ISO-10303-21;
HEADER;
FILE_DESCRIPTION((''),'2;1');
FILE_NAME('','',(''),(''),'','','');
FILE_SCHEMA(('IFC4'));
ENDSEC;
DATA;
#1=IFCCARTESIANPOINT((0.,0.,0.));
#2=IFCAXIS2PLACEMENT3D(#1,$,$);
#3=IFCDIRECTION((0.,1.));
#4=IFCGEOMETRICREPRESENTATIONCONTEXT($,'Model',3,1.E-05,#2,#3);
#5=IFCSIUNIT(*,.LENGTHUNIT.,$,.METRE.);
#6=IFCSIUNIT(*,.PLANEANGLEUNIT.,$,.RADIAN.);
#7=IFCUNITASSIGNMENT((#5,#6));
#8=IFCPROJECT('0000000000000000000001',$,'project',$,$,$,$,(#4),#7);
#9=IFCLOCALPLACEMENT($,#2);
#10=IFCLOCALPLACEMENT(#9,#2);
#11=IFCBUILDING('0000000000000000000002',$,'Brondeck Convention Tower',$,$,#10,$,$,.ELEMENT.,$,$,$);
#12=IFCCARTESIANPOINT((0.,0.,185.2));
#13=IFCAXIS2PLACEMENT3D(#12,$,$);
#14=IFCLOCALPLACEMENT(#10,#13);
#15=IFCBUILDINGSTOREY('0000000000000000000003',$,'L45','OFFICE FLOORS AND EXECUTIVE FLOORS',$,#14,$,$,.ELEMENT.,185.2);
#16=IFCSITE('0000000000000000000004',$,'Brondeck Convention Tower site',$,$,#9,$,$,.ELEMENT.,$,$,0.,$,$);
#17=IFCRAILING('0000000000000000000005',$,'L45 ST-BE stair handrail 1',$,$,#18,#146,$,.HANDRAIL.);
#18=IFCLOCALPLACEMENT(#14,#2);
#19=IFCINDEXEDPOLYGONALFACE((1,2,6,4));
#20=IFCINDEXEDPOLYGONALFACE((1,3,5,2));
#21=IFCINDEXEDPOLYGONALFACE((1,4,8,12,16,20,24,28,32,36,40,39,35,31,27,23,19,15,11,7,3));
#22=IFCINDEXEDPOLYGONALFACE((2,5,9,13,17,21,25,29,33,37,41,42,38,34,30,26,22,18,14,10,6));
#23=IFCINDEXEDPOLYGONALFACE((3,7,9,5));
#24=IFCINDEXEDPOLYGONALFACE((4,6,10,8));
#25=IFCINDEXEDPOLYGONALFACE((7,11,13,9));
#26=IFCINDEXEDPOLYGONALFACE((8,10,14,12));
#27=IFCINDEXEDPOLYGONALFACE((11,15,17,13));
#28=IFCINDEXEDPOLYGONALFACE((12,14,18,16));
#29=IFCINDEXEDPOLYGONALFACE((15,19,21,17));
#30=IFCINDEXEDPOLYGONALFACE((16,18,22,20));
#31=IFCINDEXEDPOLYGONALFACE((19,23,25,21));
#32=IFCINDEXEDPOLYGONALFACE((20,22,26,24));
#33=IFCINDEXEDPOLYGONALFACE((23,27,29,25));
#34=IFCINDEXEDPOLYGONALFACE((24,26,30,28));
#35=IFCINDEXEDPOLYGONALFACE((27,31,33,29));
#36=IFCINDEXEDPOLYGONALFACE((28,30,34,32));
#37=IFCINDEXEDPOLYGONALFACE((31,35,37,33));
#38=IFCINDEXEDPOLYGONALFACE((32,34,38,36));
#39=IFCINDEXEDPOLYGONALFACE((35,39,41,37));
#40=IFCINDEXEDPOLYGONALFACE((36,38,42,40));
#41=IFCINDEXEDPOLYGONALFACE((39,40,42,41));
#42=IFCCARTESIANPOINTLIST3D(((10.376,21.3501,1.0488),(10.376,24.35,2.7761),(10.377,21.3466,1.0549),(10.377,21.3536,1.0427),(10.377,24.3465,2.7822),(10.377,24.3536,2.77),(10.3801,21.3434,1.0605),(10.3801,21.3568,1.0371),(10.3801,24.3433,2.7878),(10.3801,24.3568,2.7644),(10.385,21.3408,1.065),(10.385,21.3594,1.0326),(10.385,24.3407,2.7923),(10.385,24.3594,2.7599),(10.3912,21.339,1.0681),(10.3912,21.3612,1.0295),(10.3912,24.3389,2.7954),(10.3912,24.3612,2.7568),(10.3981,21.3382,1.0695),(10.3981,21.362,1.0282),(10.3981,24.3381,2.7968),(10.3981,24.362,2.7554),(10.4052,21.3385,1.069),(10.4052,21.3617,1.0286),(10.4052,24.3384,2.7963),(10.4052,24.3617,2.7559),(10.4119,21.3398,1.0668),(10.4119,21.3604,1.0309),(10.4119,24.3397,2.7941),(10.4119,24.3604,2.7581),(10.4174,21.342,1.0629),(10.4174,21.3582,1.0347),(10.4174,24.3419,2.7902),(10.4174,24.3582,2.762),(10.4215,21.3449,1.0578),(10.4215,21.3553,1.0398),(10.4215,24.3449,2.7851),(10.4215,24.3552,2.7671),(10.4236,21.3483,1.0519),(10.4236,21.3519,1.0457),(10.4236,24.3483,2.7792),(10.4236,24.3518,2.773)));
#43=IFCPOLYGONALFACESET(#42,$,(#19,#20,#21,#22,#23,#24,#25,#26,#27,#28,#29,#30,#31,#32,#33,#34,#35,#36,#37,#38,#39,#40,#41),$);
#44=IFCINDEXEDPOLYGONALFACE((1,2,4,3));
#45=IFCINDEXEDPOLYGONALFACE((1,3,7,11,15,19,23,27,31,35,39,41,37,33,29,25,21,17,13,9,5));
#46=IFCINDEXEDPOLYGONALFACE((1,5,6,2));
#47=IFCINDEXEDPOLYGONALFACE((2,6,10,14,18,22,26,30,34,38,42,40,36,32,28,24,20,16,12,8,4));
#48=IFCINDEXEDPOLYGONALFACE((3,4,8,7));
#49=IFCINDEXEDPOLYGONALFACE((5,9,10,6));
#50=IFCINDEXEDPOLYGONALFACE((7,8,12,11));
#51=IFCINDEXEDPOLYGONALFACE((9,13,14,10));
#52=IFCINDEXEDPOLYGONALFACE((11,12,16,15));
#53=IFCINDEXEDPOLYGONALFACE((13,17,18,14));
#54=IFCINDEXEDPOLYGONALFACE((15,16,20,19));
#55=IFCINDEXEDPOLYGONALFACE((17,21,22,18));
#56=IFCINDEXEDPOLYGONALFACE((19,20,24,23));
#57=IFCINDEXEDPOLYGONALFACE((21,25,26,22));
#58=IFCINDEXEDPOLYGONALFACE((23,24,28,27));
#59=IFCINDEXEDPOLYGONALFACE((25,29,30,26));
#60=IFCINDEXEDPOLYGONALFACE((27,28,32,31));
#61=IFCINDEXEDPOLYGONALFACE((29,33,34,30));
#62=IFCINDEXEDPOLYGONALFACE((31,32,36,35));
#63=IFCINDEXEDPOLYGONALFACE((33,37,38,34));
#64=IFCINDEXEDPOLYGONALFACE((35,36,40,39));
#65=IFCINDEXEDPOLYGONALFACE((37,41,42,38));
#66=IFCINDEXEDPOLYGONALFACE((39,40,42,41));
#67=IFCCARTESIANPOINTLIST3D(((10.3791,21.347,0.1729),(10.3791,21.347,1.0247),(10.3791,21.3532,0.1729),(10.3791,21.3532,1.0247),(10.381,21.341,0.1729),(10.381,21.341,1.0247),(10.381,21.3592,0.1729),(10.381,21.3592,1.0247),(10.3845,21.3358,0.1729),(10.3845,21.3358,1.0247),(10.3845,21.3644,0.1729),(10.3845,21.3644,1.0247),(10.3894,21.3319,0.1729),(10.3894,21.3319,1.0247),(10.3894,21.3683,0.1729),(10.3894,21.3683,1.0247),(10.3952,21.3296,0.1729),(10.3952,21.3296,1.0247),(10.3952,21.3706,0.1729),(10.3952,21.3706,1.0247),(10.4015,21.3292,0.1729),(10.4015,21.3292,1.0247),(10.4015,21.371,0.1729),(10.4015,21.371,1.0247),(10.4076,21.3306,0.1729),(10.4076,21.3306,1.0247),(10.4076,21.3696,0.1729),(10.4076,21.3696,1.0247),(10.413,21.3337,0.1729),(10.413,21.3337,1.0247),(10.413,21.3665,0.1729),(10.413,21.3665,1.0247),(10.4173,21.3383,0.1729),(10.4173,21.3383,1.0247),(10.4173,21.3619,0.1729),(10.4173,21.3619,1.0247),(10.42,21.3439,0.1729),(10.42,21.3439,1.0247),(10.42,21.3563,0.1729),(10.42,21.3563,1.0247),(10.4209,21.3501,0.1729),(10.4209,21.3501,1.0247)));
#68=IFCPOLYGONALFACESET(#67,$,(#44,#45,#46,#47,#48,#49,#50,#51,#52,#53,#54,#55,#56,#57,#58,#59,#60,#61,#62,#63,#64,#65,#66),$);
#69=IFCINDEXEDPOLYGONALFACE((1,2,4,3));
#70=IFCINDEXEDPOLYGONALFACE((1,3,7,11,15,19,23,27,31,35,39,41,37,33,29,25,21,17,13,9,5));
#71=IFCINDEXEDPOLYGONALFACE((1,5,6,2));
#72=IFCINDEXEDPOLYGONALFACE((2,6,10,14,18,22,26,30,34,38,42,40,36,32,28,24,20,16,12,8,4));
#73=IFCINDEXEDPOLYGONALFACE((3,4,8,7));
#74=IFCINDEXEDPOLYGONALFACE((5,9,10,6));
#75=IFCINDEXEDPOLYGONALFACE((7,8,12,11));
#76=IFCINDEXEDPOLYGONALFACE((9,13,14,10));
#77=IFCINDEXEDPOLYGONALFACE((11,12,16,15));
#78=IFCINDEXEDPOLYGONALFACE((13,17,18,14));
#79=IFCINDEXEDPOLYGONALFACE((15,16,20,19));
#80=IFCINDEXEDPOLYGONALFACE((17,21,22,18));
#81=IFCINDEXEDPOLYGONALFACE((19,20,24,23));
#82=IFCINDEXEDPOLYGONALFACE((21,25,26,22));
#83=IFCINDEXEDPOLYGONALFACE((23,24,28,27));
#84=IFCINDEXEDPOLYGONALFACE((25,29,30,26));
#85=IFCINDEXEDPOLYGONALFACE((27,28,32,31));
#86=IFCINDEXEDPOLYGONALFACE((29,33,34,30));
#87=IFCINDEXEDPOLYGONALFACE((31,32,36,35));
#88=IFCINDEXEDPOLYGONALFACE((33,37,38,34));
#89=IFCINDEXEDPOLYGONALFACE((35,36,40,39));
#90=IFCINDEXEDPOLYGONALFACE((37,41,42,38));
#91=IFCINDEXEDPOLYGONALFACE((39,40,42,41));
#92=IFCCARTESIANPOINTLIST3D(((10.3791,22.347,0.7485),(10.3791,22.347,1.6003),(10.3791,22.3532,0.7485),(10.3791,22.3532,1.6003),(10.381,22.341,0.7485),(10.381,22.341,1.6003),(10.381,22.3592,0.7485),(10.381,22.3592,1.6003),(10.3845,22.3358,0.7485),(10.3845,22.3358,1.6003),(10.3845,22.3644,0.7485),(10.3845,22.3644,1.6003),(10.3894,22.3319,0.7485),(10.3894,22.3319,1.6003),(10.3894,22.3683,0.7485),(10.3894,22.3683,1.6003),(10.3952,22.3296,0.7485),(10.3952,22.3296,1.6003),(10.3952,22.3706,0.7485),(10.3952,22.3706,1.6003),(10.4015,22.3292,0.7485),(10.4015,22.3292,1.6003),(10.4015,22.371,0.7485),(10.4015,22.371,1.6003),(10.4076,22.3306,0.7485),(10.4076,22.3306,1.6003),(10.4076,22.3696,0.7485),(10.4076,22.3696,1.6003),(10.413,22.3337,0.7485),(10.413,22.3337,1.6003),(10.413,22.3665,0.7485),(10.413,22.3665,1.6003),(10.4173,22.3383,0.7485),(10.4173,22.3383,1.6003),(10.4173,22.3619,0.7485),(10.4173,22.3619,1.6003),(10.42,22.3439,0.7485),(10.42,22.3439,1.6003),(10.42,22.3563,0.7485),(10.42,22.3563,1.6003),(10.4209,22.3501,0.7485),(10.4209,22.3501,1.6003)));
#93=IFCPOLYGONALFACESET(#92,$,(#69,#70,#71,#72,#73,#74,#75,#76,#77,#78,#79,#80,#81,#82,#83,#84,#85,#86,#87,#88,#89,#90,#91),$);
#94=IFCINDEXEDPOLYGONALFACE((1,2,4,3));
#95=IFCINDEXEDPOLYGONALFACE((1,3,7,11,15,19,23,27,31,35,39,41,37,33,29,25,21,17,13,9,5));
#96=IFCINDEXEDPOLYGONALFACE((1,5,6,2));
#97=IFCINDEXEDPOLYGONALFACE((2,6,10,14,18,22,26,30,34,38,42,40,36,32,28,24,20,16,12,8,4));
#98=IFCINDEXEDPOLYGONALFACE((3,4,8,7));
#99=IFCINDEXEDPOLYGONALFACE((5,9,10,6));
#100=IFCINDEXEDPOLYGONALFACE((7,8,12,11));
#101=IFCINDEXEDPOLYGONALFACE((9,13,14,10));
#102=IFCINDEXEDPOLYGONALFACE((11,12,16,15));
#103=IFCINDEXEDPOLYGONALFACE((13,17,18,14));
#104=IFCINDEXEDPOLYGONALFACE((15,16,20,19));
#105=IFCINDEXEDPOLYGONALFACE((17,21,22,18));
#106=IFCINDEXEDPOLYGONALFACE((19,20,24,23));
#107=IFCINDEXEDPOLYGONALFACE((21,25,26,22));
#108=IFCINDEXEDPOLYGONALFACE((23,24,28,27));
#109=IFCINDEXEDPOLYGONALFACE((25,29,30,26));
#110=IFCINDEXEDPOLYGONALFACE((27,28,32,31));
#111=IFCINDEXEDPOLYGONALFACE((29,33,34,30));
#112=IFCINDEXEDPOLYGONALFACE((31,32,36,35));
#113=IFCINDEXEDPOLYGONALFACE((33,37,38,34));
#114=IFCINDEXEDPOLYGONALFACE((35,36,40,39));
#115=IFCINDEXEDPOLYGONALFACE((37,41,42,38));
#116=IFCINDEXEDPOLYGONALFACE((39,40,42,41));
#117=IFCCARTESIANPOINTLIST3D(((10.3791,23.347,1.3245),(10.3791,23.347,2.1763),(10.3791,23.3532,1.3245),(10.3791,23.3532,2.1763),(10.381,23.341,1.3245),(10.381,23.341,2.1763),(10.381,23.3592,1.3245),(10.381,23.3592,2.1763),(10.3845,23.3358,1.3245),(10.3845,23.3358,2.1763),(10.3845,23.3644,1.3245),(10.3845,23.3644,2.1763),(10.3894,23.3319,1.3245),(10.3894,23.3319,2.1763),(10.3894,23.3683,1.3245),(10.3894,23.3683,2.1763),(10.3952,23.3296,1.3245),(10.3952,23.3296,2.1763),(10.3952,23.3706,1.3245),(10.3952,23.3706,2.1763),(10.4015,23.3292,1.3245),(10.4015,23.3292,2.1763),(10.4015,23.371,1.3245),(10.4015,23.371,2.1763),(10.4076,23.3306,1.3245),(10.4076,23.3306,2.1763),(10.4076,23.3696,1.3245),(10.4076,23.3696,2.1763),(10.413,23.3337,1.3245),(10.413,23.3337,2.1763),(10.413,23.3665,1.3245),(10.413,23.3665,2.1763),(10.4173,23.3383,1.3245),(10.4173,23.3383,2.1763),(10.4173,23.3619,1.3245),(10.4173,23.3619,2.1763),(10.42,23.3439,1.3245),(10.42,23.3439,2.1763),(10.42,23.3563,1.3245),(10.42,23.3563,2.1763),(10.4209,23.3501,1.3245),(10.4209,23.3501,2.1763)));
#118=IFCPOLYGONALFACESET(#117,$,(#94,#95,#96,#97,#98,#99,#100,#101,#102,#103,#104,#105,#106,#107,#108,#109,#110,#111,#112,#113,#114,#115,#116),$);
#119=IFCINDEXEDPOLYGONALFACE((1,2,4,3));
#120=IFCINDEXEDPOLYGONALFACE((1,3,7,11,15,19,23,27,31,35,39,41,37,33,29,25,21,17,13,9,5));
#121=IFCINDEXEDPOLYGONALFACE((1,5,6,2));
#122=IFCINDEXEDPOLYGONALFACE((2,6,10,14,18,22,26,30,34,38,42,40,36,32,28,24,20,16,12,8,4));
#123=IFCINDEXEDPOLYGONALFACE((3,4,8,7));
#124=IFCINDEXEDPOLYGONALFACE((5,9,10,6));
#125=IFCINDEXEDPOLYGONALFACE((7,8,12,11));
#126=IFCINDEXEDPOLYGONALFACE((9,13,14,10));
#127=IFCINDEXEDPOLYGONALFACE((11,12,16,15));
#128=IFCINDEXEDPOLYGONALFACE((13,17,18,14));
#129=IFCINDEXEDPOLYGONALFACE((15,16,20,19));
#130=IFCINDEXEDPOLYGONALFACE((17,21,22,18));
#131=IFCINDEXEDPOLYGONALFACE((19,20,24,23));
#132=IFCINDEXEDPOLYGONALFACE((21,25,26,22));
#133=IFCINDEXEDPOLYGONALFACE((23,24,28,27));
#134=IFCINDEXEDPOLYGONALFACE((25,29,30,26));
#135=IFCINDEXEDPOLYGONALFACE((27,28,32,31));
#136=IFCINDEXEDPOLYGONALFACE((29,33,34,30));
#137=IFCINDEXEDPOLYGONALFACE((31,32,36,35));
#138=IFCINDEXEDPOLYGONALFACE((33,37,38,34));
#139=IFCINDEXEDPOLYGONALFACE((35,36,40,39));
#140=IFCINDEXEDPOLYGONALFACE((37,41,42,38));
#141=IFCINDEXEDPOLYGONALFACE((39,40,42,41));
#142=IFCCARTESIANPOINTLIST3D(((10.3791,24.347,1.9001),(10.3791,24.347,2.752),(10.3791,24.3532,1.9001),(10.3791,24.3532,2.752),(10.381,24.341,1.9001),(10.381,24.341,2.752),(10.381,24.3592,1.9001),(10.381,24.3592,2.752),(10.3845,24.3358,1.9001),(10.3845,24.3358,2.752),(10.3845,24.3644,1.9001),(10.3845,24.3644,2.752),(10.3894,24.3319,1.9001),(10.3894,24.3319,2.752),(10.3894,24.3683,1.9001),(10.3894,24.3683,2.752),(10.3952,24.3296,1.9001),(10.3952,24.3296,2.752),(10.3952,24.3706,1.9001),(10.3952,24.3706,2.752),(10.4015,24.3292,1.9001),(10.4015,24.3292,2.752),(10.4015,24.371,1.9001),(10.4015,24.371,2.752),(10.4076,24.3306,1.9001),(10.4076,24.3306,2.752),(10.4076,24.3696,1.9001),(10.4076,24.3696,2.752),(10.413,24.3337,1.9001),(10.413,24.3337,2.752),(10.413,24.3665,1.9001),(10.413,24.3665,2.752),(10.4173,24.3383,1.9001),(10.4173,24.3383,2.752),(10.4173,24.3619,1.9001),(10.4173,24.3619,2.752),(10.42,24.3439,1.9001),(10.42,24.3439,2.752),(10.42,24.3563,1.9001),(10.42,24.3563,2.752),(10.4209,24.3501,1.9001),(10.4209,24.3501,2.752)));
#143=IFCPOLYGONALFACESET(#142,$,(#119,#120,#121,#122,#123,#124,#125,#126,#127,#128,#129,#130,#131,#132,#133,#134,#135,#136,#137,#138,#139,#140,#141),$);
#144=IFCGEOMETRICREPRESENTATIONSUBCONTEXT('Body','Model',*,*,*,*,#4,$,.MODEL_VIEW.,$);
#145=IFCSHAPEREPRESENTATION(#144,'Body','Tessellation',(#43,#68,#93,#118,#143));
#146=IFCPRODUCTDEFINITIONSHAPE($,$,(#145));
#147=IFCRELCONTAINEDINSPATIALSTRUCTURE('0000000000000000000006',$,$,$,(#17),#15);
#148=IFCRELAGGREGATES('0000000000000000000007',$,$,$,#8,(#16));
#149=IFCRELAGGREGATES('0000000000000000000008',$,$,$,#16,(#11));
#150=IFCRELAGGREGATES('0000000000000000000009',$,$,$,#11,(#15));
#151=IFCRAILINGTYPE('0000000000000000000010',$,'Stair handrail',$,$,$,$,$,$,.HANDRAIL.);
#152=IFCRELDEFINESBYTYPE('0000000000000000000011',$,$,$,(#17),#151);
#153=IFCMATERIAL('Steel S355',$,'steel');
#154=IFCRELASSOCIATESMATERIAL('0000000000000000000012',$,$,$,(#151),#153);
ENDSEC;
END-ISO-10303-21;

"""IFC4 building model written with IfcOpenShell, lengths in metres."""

from ifc_helpers import new_model, si_unit, direction, frame, origin, origin_2d, place, context, subcontext, project, spatial, circle, extrude, material, type_object, element, save


model = new_model("IFC4")

# Units and contexts
model_context = context("Model", 3, precision=1e-05, world=origin(), true_north=direction((0.0, 1.0)))
body_context = subcontext(model_context, "Body", "Model", "MODEL_VIEW")
ifc_project = project(units=[si_unit("LENGTHUNIT", "METRE"), si_unit("PLANEANGLEUNIT", "RADIAN")], contexts=[model_context])

# Site, building, storey
site_placement = place(None, origin())
site = spatial("IfcSite", under=ifc_project, at=site_placement, Name="Brondeck Convention Tower site", CompositionType="ELEMENT", RefElevation=0.0)
building_placement = place(site_placement, origin())
building = spatial("IfcBuilding", under=site, at=building_placement, Name="Brondeck Convention Tower", CompositionType="ELEMENT")
storey_placement = place(building_placement, frame((0.0, 0.0, 185.2)))
storey = spatial("IfcBuildingStorey", under=building, at=storey_placement, Name="L45", Description="OFFICE FLOORS AND EXECUTIVE FLOORS", CompositionType="ELEMENT", Elevation=185.2)

# Shared definitions
ifc_material_1 = material(Name="Steel S355", Category="steel")

# Railing
railing_type_1 = type_object("IfcRailingType", Name="Stair handrail", PredefinedType="HANDRAIL", material=ifc_material_1)
railing_1_placement = place(storey_placement, frame((10.3999, 21.3501, 0.1729)))
element("IfcRailing", 1, at=railing_1_placement, inside=storey, type_object=railing_type_1, Name="L45 ST-BE stair handrail 1", PredefinedType="HANDRAIL", context=body_context, shape_type="SweptSolid", body=[
    extrude(circle(Radius=0.0239, at=origin_2d()), frame((0.0, 0.0, 0.876), z_axis=(0.0, 0.86662, 0.498969), x_axis=(-1.0, 0.0, 0.0)), (0.0, 0.0, 1.0), 3.4617),
    extrude(circle(Radius=0.021, at=origin_2d()), origin(), (0.0, 0.0, 1.0), 0.8518),
    extrude(circle(Radius=0.021, at=origin_2d()), frame((0.0, 1.0, 0.5757)), (0.0, 0.0, 1.0), 0.8518),
    extrude(circle(Radius=0.021, at=origin_2d()), frame((0.0, 2.0, 1.1516)), (0.0, 0.0, 1.0), 0.8518),
    extrude(circle(Radius=0.021, at=origin_2d()), frame((0.0, 3.0, 1.7273)), (0.0, 0.0, 1.0), 0.8518),
])

save(model, "model.ifc")
